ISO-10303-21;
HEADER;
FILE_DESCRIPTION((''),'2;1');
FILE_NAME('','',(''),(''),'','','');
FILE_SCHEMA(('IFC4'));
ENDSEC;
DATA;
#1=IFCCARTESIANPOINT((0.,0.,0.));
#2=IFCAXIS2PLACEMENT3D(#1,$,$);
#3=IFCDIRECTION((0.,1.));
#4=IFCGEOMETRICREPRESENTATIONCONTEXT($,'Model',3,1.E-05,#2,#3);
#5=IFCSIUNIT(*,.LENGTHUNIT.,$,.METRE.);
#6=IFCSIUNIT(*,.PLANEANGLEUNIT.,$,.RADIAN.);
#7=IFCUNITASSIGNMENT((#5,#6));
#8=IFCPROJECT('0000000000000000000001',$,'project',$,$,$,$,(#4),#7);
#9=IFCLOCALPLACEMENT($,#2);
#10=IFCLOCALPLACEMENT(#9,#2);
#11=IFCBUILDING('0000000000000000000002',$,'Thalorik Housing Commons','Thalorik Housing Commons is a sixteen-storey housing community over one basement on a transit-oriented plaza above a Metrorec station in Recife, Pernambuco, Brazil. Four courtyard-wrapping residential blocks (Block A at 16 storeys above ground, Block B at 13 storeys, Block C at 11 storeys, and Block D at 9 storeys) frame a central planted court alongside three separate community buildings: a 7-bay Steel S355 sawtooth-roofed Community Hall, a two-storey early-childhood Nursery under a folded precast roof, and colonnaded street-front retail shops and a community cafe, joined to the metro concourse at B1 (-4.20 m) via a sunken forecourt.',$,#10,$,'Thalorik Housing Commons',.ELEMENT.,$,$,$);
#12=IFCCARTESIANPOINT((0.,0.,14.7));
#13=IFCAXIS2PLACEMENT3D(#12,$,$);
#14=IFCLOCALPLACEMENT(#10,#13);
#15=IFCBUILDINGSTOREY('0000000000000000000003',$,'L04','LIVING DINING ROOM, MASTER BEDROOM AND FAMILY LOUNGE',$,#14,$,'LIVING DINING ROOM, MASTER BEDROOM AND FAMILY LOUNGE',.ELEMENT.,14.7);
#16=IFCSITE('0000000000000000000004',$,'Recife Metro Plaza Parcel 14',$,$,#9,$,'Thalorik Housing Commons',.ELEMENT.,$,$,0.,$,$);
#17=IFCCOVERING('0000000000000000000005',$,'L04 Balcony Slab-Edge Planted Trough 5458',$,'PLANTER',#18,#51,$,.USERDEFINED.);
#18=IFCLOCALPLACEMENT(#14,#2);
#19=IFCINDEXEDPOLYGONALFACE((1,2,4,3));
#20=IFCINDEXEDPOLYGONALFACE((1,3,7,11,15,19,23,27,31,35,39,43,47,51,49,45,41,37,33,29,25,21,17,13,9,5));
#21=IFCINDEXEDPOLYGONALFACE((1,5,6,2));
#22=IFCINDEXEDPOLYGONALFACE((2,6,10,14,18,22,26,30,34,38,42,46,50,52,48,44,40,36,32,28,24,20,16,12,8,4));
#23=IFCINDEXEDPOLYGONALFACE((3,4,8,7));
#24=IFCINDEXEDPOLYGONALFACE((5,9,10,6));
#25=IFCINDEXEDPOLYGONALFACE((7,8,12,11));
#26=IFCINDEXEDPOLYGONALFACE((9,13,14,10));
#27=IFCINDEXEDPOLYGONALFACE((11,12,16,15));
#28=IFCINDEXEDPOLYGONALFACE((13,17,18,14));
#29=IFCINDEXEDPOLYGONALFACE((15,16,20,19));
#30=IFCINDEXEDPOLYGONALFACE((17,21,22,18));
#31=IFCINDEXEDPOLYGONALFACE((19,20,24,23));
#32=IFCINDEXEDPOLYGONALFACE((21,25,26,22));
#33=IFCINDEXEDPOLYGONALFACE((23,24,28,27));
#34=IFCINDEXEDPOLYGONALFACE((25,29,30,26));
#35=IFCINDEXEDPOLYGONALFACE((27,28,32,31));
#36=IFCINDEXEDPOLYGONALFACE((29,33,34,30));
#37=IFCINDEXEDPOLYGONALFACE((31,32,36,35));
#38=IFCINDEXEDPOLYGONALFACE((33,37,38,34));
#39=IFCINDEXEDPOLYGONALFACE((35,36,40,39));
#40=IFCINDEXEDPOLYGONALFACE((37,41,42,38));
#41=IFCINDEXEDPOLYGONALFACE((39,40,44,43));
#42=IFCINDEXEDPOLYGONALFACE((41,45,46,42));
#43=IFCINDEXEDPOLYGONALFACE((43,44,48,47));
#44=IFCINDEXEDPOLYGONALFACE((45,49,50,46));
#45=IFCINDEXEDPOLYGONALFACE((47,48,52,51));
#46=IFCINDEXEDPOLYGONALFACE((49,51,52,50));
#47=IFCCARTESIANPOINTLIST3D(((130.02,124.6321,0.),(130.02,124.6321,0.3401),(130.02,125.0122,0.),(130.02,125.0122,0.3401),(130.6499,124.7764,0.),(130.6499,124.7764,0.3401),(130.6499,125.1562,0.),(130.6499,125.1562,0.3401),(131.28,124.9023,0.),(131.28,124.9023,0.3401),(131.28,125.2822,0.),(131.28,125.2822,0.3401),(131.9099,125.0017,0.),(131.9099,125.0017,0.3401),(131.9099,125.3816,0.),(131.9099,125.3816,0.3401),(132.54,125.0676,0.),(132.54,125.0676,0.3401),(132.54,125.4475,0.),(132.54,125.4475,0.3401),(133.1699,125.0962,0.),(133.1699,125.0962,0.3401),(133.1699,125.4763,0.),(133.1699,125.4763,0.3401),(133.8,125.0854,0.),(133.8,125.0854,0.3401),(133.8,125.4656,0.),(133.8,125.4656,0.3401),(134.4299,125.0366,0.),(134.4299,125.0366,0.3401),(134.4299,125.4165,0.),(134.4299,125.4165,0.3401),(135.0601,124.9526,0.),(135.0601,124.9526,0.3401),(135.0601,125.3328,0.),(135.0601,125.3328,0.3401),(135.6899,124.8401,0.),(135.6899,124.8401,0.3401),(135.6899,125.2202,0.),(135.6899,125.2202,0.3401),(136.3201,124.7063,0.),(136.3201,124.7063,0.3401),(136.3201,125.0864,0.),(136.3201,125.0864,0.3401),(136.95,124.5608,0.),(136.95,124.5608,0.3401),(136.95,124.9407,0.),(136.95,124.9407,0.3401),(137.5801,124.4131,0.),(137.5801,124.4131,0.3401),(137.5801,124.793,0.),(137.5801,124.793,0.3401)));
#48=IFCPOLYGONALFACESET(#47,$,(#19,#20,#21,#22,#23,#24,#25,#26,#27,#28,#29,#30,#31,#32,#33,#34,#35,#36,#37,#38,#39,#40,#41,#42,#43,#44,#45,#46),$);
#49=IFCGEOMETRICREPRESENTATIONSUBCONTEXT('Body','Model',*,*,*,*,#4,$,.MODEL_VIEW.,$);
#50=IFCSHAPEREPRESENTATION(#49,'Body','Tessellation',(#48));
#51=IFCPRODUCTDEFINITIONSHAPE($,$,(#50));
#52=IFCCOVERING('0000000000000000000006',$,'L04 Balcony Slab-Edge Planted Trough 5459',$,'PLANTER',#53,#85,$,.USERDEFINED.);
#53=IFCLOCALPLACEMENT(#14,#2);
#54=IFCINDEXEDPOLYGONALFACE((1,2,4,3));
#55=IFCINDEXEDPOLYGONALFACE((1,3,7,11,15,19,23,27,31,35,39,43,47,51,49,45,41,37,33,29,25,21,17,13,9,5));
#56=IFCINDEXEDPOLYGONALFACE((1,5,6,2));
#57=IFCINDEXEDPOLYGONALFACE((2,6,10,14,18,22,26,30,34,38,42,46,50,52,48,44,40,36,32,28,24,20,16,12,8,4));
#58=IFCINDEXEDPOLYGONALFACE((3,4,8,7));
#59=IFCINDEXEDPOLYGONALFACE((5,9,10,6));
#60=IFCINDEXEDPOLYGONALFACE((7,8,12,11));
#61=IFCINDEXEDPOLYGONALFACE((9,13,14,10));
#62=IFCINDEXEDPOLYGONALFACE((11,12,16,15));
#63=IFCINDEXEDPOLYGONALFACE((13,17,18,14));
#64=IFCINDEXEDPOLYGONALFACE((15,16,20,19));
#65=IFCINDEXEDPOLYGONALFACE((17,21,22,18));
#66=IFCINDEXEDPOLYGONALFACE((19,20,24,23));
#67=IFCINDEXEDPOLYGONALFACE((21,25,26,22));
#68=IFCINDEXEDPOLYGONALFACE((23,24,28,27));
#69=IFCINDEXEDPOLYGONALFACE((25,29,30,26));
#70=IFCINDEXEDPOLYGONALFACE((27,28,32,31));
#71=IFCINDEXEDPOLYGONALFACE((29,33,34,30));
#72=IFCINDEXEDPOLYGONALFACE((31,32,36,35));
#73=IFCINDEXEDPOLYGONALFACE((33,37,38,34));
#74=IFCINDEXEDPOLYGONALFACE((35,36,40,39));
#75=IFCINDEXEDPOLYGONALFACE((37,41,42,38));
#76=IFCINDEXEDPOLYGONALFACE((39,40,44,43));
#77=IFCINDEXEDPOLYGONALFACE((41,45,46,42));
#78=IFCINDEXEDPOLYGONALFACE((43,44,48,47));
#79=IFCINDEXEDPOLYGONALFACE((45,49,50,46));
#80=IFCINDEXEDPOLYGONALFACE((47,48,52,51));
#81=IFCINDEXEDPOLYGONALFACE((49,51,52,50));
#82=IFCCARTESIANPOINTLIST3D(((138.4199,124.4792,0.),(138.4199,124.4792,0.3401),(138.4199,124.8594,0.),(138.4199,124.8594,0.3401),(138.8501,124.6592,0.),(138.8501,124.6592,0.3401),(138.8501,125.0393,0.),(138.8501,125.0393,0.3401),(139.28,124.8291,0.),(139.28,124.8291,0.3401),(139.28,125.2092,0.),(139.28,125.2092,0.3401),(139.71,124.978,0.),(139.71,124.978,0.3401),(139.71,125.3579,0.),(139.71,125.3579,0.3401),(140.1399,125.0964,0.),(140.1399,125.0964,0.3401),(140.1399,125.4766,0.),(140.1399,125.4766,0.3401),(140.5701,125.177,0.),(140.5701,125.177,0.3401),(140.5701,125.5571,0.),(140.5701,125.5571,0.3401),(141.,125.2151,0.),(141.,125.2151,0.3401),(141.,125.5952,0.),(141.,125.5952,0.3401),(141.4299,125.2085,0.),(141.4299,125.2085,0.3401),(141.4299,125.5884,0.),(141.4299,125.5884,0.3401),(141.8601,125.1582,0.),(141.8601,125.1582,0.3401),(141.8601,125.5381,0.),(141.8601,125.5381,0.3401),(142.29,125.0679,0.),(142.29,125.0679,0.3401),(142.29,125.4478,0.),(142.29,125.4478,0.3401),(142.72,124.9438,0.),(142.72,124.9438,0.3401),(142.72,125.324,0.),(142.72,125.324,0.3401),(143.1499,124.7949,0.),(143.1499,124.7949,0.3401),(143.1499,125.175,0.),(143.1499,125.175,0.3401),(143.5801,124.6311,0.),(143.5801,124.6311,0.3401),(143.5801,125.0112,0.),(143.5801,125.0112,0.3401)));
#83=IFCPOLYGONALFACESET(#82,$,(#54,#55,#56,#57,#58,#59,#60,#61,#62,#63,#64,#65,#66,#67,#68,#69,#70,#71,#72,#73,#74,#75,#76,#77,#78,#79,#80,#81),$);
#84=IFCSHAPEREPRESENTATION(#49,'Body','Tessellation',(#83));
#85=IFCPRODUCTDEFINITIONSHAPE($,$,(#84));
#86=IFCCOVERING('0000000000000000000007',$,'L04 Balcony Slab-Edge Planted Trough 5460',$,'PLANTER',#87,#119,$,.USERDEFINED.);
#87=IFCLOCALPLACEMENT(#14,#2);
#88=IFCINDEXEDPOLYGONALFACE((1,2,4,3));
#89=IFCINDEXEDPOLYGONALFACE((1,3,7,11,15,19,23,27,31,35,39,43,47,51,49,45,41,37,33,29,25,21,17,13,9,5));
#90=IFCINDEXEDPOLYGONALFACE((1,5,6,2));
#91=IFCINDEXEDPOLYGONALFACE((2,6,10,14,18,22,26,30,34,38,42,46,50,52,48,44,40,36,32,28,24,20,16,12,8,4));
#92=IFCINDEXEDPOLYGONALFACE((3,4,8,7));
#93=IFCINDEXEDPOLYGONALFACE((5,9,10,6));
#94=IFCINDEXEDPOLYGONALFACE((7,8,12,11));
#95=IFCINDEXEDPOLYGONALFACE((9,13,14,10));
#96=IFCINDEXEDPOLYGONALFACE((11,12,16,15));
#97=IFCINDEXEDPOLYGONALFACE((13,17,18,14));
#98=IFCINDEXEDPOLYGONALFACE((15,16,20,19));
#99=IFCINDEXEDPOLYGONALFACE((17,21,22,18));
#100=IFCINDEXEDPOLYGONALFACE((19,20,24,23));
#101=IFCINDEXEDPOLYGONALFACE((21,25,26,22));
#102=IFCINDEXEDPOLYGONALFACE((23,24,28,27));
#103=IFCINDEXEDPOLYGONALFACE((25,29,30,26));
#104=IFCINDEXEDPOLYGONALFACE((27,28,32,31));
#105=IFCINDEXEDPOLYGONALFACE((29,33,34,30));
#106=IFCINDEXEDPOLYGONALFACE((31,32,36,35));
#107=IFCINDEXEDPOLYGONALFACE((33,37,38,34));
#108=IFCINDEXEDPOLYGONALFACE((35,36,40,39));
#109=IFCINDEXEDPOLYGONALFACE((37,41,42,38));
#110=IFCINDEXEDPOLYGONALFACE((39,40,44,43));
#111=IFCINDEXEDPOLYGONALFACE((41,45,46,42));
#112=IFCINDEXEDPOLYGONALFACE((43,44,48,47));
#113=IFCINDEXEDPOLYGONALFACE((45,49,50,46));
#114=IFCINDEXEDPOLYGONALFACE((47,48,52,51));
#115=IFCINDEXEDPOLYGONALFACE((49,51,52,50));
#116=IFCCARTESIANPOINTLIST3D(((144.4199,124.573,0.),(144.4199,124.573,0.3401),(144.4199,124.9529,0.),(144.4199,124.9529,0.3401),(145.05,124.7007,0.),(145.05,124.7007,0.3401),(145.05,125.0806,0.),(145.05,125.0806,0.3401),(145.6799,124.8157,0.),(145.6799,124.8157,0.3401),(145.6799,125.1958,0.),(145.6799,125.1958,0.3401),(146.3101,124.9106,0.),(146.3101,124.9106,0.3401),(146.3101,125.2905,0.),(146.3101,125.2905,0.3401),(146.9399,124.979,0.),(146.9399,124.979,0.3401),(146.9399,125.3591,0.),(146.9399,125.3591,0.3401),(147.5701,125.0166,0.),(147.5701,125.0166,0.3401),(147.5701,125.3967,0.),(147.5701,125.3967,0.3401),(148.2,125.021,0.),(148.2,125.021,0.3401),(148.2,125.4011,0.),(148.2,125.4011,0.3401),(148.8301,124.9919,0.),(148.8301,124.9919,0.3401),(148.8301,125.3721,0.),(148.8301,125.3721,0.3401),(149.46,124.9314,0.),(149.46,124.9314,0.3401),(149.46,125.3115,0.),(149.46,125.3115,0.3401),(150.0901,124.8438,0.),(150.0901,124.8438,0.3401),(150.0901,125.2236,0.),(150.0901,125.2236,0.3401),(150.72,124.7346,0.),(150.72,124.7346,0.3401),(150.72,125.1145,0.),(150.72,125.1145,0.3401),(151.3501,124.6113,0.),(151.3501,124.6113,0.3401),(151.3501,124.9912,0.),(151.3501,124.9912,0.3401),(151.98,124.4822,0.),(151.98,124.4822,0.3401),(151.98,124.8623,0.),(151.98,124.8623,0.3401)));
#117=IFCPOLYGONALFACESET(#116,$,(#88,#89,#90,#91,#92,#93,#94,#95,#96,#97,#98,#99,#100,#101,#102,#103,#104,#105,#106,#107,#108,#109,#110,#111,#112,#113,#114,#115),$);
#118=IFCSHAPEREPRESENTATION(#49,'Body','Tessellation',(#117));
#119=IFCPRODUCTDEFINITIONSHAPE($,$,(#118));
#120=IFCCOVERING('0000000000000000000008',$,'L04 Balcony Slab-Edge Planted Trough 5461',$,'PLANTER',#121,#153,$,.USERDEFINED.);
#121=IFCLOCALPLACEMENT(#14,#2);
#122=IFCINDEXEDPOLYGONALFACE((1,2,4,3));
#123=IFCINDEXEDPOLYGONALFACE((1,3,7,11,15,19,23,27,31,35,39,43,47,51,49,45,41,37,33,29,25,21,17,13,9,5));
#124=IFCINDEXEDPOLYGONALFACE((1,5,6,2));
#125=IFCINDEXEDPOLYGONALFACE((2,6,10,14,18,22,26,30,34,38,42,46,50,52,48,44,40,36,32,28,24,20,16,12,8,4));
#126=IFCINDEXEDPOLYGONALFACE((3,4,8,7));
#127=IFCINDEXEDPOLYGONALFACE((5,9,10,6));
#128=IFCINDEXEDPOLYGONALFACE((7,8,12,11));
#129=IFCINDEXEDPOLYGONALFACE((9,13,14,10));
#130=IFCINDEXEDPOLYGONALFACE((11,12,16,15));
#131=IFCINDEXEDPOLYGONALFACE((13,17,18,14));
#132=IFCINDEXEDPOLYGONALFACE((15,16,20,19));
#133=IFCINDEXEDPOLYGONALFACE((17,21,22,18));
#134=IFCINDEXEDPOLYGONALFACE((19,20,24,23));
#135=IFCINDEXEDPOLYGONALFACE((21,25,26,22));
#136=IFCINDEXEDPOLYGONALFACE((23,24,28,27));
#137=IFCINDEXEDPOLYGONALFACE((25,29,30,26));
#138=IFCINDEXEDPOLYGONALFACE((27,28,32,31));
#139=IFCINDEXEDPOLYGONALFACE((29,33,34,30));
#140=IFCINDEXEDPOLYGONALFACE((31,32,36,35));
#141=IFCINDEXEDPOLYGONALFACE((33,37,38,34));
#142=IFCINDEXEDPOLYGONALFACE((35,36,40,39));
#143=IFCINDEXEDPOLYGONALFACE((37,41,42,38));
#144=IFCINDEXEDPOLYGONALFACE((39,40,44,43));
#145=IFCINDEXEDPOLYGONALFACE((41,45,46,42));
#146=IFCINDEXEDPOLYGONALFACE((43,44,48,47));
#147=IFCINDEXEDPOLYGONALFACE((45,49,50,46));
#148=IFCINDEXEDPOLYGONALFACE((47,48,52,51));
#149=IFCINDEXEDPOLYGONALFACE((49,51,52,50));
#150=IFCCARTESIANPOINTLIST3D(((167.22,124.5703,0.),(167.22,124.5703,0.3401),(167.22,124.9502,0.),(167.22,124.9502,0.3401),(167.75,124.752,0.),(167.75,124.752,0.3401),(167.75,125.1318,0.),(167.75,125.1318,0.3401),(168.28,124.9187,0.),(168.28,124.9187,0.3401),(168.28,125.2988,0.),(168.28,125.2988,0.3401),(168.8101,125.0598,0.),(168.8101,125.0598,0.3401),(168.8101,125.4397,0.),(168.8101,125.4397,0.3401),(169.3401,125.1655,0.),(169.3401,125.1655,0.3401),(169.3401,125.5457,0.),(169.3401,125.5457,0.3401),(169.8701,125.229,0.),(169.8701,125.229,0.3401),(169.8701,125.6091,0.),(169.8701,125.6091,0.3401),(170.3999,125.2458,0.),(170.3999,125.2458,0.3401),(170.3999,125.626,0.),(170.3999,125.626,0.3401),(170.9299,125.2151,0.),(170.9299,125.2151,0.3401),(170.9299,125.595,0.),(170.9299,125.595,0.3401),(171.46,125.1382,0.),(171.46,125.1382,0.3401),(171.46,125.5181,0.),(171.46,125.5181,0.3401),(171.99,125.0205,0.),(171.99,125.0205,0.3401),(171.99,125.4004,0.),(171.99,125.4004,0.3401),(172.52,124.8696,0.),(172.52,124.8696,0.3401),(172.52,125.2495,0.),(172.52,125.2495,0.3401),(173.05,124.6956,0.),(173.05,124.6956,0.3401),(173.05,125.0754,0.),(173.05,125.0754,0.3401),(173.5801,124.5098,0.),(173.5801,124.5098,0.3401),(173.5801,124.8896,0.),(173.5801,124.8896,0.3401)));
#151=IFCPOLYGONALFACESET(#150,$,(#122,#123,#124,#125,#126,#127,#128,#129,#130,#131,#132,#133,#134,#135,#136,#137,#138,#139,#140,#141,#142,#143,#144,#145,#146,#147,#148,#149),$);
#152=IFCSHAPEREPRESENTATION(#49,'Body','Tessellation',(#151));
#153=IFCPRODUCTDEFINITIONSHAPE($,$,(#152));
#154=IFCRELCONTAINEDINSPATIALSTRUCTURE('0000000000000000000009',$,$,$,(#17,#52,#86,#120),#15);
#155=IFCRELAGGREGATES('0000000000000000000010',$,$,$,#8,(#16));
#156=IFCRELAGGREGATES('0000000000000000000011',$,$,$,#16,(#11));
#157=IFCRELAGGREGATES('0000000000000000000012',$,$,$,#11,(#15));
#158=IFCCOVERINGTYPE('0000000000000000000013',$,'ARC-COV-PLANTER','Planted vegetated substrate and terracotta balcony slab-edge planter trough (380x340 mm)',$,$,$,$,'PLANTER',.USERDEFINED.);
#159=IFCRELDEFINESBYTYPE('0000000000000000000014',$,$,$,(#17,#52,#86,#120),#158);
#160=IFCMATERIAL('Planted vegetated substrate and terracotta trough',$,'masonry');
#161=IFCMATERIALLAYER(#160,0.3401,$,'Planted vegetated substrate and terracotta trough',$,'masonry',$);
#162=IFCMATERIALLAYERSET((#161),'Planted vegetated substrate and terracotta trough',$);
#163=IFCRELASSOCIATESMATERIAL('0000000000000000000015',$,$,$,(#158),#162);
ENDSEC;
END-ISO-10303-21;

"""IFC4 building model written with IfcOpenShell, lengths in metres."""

from ifc_helpers import new_model, si_unit, direction, frame, origin, place, context, subcontext, project, spatial, polyline, outline, extrude, material, layer, layer_set, type_object, element, save


model = new_model("IFC4")

# Units and contexts
model_context = context("Model", 3, precision=1e-05, world=origin(), true_north=direction((0.0, 1.0)))
body_context = subcontext(model_context, "Body", "Model", "MODEL_VIEW")
ifc_project = project(units=[si_unit("LENGTHUNIT", "METRE"), si_unit("PLANEANGLEUNIT", "RADIAN")], contexts=[model_context])

# Site, building, storey
site_placement = place(None, origin())
site = spatial("IfcSite", under=ifc_project, at=site_placement, Name="Recife Metro Plaza Parcel 14", LongName="Thalorik Housing Commons", CompositionType="ELEMENT", RefElevation=0.0)
building_placement = place(site_placement, origin())
building = spatial("IfcBuilding", under=site, at=building_placement, Name="Thalorik Housing Commons", Description="Thalorik Housing Commons is a sixteen-storey housing community over one basement on a transit-oriented plaza above a Metrorec station in Recife, Pernambuco, Brazil. Four courtyard-wrapping residential blocks (Block A at 16 storeys above ground, Block B at 13 storeys, Block C at 11 storeys, and Block D at 9 storeys) frame a central planted court alongside three separate community buildings: a 7-bay Steel S355 sawtooth-roofed Community Hall, a two-storey early-childhood Nursery under a folded precast roof, and colonnaded street-front retail shops and a community cafe, joined to the metro concourse at B1 (-4.20 m) via a sunken forecourt.", LongName="Thalorik Housing Commons", CompositionType="ELEMENT")
storey_placement = place(building_placement, frame((0.0, 0.0, 14.7)))
storey = spatial("IfcBuildingStorey", under=building, at=storey_placement, Name="L04", Description="LIVING DINING ROOM, MASTER BEDROOM AND FAMILY LOUNGE", LongName="LIVING DINING ROOM, MASTER BEDROOM AND FAMILY LOUNGE", CompositionType="ELEMENT", Elevation=14.7)

# Coverings
ifc_material = material(Name="Planted vegetated substrate and terracotta trough", Category="masonry")
ifc_layer = layer(ifc_material, 0.3401, Name="Planted vegetated substrate and terracotta trough", Category="masonry")
ifc_layer_set = layer_set([ifc_layer], Name="Planted vegetated substrate and terracotta trough")
covering_type = type_object("IfcCoveringType", Name="ARC-COV-PLANTER", Description="Planted vegetated substrate and terracotta balcony slab-edge planter trough (380x340 mm)", ElementType="PLANTER", PredefinedType="USERDEFINED", material=ifc_layer_set)
covering_1_placement = place(storey_placement, origin())
element("IfcCovering", 1, at=covering_1_placement, inside=storey, type_object=covering_type, Name="L04 Balcony Slab-Edge Planted Trough 5458", ObjectType="PLANTER", PredefinedType="USERDEFINED", context=body_context, shape_type="SweptSolid", body=[
    extrude(outline(polyline([(137.5801, 124.793), (136.95, 124.9407), (136.3201, 125.0864), (135.6899, 125.2202), (135.0601, 125.3328), (134.4299, 125.4165), (133.8, 125.4656), (133.1699, 125.4763), (132.54, 125.4475), (131.9099, 125.3816), (131.28, 125.2822), (130.6499, 125.1562), (130.02, 125.0122), (130.02, 124.6321), (130.6499, 124.7764), (131.28, 124.9023), (131.9099, 125.0017), (132.54, 125.0676), (133.1699, 125.0962), (133.8, 125.0854), (134.4299, 125.0366), (135.0601, 124.9526), (135.6899, 124.8401), (136.3201, 124.7063), (136.95, 124.5608), (137.5801, 124.4131), (137.5801, 124.793)])), origin(), (0.0, 0.0, 1.0), 0.3401),
])
covering_2_placement = place(storey_placement, origin())
element("IfcCovering", 2, at=covering_2_placement, inside=storey, type_object=covering_type, Name="L04 Balcony Slab-Edge Planted Trough 5459", ObjectType="PLANTER", PredefinedType="USERDEFINED", context=body_context, shape_type="SweptSolid", body=[
    extrude(outline(polyline([(143.5801, 125.0112), (143.1499, 125.175), (142.72, 125.324), (142.29, 125.4478), (141.8601, 125.5381), (141.4299, 125.5884), (141.0, 125.5952), (140.5701, 125.5571), (140.1399, 125.4766), (139.71, 125.3579), (139.28, 125.2092), (138.8501, 125.0393), (138.4199, 124.8594), (138.4199, 124.4792), (138.8501, 124.6592), (139.28, 124.8291), (139.71, 124.978), (140.1399, 125.0964), (140.5701, 125.177), (141.0, 125.2151), (141.4299, 125.2085), (141.8601, 125.1582), (142.29, 125.0679), (142.72, 124.9438), (143.1499, 124.7949), (143.5801, 124.6311), (143.5801, 125.0112)])), origin(), (0.0, 0.0, 1.0), 0.3401),
])
covering_3_placement = place(storey_placement, origin())
element("IfcCovering", 3, at=covering_3_placement, inside=storey, type_object=covering_type, Name="L04 Balcony Slab-Edge Planted Trough 5460", ObjectType="PLANTER", PredefinedType="USERDEFINED", context=body_context, shape_type="SweptSolid", body=[
    extrude(outline(polyline([(151.98, 124.8623), (151.3501, 124.9912), (150.72, 125.1145), (150.0901, 125.2236), (149.46, 125.3115), (148.8301, 125.3721), (148.2, 125.4011), (147.5701, 125.3967), (146.9399, 125.3591), (146.3101, 125.2905), (145.6799, 125.1958), (145.05, 125.0806), (144.4199, 124.9529), (144.4199, 124.573), (145.05, 124.7007), (145.6799, 124.8157), (146.3101, 124.9106), (146.9399, 124.979), (147.5701, 125.0166), (148.2, 125.021), (148.8301, 124.9919), (149.46, 124.9314), (150.0901, 124.8438), (150.72, 124.7346), (151.3501, 124.6113), (151.98, 124.4822), (151.98, 124.8623)])), origin(), (0.0, 0.0, 1.0), 0.3401),
])
covering_4_placement = place(storey_placement, origin())
element("IfcCovering", 4, at=covering_4_placement, inside=storey, type_object=covering_type, Name="L04 Balcony Slab-Edge Planted Trough 5461", ObjectType="PLANTER", PredefinedType="USERDEFINED", context=body_context, shape_type="SweptSolid", body=[
    extrude(outline(polyline([(173.5801, 124.8896), (173.05, 125.0754), (172.52, 125.2495), (171.99, 125.4004), (171.46, 125.5181), (170.9299, 125.595), (170.3999, 125.626), (169.8701, 125.6091), (169.3401, 125.5457), (168.8101, 125.4397), (168.28, 125.2988), (167.75, 125.1318), (167.22, 124.9502), (167.22, 124.5703), (167.75, 124.752), (168.28, 124.9187), (168.8101, 125.0598), (169.3401, 125.1655), (169.8701, 125.229), (170.3999, 125.2458), (170.9299, 125.2151), (171.46, 125.1382), (171.99, 125.0205), (172.52, 124.8696), (173.05, 124.6956), (173.5801, 124.5098), (173.5801, 124.8896)])), origin(), (0.0, 0.0, 1.0), 0.3401),
])

save(model, "model.ifc")
